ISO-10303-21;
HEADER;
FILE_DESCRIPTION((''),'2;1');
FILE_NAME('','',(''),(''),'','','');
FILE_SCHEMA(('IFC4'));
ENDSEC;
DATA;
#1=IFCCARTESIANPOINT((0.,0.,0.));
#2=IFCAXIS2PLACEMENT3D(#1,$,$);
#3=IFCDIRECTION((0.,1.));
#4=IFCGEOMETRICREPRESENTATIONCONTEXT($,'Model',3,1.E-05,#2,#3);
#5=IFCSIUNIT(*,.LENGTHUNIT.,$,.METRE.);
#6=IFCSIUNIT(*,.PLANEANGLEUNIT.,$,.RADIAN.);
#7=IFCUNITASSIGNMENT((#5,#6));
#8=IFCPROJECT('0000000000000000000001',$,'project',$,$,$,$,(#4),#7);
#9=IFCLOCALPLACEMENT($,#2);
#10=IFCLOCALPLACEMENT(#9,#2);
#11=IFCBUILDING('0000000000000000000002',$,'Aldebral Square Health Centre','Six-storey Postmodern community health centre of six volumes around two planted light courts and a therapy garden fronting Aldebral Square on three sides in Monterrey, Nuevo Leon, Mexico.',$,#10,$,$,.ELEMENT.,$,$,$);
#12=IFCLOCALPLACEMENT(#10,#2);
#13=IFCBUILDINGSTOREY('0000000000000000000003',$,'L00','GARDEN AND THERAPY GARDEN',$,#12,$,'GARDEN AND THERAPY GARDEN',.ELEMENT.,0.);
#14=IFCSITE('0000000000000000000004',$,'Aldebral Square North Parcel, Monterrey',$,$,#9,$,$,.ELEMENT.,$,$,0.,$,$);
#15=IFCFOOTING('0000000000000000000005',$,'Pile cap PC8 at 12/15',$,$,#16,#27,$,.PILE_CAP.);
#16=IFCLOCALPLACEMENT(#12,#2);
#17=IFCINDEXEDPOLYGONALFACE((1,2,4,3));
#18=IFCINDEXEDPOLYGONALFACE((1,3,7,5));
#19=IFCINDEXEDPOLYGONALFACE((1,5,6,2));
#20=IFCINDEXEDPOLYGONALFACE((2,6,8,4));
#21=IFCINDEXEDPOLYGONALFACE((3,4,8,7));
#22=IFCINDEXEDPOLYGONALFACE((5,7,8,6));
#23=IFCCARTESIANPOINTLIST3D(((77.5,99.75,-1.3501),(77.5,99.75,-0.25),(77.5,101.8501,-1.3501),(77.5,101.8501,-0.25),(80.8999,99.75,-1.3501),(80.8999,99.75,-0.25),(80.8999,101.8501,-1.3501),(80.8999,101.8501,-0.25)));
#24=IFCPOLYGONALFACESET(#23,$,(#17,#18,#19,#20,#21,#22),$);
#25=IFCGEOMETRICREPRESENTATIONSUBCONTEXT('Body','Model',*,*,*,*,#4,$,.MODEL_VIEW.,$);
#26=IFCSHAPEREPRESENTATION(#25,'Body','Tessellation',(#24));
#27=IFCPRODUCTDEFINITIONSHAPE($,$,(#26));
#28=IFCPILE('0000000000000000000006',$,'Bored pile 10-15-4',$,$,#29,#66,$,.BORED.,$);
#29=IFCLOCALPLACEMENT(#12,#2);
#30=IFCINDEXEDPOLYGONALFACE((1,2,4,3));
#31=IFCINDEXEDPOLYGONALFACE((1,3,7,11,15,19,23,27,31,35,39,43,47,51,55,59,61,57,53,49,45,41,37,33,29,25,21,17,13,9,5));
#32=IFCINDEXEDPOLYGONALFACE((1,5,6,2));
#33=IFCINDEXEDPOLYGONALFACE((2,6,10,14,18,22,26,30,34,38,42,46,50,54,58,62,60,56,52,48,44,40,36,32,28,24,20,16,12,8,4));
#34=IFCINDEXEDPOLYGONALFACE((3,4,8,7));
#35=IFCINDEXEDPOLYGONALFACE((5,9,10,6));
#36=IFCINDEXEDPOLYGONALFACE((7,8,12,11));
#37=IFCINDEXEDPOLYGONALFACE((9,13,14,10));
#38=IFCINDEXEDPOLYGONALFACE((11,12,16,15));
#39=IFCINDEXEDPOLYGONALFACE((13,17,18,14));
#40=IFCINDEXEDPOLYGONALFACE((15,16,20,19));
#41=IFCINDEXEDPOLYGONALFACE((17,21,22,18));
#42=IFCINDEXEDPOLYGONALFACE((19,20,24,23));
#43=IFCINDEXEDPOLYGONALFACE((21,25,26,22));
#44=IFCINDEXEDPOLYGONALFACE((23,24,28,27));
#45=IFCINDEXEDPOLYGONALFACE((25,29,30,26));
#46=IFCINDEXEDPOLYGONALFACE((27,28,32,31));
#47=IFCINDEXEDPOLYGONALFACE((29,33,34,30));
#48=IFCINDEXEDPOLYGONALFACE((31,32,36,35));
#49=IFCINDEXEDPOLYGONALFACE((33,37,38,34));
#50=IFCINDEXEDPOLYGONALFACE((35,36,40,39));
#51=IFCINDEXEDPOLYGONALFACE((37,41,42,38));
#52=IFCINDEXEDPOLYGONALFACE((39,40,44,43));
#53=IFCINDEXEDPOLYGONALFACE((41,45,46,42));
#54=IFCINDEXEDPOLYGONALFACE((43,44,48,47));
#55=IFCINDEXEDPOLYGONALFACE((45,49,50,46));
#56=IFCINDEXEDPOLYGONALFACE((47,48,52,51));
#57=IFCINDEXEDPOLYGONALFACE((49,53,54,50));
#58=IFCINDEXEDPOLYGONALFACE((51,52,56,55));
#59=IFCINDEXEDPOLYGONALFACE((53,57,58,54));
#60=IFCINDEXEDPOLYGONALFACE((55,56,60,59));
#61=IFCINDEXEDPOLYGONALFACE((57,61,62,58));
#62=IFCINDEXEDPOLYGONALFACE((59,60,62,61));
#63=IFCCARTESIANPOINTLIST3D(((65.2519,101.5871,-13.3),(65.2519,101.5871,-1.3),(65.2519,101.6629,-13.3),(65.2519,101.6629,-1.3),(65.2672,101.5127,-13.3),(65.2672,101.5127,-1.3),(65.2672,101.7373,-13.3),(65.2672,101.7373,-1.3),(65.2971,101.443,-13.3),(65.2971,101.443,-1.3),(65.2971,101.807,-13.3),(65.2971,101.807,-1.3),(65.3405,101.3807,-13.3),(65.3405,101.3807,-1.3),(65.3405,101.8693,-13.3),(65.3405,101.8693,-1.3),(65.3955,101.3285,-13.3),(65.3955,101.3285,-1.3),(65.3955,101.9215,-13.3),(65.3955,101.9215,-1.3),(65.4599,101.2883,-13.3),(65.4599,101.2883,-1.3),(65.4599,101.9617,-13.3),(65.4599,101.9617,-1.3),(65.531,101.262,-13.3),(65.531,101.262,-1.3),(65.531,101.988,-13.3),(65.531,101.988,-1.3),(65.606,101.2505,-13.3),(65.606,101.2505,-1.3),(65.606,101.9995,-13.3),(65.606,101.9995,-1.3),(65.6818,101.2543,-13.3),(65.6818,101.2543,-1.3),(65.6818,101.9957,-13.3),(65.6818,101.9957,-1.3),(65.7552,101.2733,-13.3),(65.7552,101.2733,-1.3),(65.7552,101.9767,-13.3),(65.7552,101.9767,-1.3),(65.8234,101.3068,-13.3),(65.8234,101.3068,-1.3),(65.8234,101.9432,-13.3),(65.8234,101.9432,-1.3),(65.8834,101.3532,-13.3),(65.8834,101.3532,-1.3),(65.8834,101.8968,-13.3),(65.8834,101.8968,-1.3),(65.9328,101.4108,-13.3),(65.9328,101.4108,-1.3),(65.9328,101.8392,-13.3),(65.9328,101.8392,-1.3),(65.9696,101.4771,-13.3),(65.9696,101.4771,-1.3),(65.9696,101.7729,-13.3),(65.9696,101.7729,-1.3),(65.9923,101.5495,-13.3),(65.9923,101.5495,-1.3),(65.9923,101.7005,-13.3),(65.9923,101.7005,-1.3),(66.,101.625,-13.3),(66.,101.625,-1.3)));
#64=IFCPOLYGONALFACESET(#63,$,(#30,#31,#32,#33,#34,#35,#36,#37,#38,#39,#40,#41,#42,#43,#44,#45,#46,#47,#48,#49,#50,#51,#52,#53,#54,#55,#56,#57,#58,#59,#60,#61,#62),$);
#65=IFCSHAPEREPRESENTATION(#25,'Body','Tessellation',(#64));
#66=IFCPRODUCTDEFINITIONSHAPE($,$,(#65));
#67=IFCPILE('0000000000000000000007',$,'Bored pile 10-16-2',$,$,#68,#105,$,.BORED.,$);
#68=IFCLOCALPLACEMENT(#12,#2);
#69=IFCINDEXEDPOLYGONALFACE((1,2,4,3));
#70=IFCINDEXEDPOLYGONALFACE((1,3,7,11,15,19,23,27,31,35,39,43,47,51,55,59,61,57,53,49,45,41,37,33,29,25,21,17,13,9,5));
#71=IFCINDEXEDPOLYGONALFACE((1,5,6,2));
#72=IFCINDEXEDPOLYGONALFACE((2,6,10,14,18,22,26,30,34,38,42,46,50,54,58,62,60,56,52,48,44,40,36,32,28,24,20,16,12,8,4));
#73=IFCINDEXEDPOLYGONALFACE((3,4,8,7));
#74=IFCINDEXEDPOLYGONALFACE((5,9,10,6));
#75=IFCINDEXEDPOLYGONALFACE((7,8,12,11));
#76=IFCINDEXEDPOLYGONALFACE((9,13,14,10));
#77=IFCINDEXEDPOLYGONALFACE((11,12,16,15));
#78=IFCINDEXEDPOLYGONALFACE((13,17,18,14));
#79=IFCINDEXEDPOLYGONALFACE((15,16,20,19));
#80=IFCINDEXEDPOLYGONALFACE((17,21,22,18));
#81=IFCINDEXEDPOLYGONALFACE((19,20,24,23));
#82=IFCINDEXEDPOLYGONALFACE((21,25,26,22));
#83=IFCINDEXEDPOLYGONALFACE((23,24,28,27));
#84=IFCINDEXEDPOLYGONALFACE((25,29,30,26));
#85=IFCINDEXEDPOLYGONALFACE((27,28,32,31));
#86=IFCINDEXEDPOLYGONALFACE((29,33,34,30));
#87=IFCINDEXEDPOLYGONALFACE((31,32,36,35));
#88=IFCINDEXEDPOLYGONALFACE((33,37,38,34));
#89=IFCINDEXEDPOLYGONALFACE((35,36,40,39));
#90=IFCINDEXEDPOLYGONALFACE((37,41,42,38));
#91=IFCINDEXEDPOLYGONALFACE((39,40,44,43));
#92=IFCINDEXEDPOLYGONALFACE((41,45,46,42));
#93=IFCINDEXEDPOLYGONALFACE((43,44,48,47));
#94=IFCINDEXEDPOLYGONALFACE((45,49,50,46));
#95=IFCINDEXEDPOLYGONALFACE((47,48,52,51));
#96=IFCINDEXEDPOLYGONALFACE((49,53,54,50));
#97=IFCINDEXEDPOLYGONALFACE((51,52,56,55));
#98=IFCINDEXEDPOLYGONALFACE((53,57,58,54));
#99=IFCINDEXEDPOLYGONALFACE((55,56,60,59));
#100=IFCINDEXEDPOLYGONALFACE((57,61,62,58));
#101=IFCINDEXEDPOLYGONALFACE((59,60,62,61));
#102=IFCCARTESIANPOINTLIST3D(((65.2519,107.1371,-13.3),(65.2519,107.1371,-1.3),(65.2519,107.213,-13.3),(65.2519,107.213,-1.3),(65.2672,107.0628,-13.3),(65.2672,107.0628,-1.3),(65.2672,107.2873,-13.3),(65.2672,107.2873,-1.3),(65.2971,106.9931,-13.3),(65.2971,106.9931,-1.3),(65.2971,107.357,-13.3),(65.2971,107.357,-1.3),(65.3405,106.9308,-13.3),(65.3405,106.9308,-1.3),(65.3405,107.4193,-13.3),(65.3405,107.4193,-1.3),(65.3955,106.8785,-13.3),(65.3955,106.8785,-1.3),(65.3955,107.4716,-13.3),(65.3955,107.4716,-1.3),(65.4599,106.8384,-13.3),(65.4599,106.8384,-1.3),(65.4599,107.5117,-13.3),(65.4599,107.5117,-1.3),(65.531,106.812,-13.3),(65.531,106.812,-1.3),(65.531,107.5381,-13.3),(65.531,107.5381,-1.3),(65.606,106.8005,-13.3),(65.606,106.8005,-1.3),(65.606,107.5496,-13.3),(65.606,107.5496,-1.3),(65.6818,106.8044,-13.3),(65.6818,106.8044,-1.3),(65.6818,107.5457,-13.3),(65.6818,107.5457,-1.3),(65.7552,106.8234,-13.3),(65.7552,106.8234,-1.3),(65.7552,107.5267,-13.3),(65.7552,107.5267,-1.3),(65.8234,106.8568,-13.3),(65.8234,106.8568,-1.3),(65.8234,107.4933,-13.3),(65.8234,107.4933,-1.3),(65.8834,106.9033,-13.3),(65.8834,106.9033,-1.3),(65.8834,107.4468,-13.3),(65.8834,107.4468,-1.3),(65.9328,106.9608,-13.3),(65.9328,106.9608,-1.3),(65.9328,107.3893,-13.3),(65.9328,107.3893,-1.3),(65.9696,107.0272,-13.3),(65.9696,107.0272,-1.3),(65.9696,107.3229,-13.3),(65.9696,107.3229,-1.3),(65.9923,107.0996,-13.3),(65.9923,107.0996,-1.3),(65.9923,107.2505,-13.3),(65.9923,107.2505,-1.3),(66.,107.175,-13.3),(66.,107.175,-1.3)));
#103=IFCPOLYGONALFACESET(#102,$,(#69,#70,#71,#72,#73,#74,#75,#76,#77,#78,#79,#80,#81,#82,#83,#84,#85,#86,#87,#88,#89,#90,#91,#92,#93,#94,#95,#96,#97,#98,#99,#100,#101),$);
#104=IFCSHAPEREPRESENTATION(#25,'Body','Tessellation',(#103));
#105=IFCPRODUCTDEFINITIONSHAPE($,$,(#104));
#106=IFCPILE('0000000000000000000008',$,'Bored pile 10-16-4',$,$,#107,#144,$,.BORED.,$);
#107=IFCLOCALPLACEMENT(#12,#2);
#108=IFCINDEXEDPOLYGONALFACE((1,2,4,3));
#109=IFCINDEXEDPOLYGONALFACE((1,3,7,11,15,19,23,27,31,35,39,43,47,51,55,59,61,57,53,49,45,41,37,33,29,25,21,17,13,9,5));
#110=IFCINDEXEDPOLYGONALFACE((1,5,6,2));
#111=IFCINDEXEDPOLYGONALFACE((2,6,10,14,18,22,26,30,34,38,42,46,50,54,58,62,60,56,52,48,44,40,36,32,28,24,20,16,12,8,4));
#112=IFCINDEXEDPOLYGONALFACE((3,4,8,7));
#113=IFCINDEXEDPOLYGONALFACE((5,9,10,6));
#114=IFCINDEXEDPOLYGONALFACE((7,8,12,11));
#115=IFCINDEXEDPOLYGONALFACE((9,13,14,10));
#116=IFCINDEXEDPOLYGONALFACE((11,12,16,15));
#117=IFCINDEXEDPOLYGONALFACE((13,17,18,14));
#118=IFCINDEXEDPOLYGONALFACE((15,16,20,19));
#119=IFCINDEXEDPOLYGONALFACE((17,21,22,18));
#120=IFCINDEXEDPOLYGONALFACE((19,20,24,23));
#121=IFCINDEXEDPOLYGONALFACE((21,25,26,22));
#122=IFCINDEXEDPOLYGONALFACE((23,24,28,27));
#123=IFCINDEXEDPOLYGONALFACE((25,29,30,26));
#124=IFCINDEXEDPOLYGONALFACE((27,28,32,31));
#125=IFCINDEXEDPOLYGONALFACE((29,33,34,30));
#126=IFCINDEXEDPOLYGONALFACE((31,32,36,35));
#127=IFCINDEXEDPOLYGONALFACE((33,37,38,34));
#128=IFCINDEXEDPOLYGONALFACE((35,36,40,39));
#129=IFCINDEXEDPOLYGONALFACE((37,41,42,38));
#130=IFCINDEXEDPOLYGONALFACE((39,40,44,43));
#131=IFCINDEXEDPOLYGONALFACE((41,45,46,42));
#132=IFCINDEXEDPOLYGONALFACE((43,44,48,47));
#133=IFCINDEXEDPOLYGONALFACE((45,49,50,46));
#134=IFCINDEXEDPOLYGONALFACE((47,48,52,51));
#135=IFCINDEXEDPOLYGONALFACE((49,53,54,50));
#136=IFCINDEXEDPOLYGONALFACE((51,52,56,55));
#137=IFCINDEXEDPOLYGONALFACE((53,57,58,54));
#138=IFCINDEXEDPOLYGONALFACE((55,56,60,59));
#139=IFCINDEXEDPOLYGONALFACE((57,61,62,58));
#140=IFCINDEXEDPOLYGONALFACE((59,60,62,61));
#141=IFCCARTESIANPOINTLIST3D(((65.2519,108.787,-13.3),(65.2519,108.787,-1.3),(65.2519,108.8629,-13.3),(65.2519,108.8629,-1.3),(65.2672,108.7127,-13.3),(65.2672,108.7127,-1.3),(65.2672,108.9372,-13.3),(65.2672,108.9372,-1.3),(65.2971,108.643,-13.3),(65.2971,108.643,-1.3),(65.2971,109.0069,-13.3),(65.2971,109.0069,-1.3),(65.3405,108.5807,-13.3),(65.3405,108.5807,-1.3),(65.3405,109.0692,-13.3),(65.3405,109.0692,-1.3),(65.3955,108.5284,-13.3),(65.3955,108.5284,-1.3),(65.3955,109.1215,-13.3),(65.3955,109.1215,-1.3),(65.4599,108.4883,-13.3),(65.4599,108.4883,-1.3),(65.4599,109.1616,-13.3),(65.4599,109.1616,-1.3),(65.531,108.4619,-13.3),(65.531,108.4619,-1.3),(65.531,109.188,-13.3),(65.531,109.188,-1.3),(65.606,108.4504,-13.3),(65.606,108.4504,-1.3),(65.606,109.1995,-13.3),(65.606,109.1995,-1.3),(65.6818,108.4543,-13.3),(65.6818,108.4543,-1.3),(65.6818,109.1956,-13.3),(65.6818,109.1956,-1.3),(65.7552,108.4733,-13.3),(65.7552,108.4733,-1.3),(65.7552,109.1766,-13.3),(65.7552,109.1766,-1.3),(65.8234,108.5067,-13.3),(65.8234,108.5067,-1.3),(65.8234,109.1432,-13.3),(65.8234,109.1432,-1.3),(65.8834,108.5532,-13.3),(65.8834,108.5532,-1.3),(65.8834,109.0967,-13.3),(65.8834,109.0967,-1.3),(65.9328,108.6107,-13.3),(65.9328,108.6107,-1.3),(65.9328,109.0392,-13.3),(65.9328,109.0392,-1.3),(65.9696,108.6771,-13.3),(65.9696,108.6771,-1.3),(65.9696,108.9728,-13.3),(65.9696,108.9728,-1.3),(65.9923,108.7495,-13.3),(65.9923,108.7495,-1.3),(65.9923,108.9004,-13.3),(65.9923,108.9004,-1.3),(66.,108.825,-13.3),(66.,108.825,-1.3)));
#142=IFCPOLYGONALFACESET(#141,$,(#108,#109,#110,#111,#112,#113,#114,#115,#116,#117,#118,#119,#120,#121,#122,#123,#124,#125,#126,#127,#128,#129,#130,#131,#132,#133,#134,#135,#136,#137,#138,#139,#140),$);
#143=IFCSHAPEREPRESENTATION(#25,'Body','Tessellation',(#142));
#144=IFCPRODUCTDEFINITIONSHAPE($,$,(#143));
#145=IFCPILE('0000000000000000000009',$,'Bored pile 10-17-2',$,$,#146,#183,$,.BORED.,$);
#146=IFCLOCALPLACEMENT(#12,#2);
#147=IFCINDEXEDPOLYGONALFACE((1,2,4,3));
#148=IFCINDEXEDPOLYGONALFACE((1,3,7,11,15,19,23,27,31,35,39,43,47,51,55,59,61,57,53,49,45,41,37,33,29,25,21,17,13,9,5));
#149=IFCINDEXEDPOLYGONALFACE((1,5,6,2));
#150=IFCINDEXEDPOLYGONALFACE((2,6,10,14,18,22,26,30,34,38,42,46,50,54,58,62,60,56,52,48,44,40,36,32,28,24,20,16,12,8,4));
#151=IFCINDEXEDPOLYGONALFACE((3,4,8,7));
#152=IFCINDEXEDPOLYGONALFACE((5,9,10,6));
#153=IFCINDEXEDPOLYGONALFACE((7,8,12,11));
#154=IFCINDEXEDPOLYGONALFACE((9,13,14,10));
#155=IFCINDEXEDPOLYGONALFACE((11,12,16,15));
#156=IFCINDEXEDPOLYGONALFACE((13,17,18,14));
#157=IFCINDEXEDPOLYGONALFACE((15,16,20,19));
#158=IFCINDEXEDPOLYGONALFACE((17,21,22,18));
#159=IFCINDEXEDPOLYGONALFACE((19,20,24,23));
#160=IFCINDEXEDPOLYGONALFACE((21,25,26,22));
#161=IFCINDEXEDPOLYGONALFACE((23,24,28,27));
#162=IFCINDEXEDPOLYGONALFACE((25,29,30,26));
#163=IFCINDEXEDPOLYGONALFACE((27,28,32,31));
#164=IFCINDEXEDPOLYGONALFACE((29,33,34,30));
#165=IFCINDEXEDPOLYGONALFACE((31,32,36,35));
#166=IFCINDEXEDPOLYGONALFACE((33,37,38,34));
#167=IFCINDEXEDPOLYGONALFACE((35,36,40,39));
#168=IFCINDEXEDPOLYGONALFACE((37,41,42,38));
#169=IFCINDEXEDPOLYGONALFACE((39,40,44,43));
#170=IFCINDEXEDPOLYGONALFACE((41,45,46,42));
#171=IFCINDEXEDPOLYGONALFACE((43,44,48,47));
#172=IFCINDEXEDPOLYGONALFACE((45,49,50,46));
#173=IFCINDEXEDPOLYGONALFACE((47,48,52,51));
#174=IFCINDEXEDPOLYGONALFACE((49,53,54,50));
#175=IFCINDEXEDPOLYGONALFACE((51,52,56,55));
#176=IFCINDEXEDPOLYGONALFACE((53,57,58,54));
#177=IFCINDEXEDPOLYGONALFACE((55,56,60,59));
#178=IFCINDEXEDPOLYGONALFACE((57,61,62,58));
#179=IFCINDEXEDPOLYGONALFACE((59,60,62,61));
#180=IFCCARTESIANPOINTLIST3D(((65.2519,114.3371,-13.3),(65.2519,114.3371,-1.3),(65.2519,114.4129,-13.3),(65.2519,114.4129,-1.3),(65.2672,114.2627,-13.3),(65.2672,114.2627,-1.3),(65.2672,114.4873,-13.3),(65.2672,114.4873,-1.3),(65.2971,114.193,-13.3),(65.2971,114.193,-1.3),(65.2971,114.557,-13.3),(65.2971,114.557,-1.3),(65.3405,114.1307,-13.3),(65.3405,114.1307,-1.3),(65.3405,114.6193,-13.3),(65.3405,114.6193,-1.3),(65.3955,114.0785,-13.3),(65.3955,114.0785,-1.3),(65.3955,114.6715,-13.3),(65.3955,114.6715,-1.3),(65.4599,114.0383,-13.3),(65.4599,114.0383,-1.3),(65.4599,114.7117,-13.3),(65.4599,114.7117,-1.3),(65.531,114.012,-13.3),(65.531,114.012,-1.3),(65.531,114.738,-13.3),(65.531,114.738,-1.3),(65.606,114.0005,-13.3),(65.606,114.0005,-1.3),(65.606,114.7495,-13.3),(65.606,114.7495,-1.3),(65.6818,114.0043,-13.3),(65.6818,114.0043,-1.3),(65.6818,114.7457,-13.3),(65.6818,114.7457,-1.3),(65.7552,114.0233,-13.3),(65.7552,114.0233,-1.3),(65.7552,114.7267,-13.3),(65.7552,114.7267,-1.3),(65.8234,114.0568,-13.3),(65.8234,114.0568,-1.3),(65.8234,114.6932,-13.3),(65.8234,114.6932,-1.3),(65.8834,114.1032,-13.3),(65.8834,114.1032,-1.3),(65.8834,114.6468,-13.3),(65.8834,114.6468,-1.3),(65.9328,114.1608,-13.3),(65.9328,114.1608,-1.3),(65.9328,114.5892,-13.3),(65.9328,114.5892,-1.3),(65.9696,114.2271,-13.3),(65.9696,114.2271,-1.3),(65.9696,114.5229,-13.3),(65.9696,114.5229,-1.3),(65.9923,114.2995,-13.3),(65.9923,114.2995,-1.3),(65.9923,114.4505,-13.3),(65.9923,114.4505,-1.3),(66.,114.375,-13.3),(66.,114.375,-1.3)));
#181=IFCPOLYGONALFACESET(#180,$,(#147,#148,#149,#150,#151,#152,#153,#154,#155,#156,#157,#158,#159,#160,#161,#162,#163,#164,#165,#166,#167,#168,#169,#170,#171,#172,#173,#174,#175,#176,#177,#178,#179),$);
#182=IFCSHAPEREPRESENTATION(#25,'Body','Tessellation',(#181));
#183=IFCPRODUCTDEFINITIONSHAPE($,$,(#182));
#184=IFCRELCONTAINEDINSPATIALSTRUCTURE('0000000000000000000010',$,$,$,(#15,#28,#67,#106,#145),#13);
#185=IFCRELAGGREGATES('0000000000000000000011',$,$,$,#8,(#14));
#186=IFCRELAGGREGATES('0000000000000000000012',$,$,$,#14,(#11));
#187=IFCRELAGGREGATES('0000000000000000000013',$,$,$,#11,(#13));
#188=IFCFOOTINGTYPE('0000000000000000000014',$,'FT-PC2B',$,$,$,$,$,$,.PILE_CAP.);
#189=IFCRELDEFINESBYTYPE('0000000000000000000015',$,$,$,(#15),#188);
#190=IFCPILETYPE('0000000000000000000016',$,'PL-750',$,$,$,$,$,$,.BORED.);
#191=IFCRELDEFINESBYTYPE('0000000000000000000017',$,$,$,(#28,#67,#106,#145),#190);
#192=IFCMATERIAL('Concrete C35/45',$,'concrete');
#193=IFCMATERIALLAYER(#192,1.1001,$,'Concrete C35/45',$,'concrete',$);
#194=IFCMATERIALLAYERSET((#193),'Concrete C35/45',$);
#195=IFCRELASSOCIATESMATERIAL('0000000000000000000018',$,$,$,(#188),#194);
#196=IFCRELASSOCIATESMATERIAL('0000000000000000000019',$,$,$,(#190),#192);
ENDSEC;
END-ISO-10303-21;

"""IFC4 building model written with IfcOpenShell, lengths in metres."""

from ifc_helpers import new_model, si_unit, direction, frame, origin, origin_2d, place, context, subcontext, project, spatial, rectangle, circle, extrude, material, layer, layer_set, material_profile, profile_set, type_object, element, save


model = new_model("IFC4")

# Units and contexts
model_context = context("Model", 3, precision=1e-05, world=origin(), true_north=direction((0.0, 1.0)))
body_context = subcontext(model_context, "Body", "Model", "MODEL_VIEW")
ifc_project = project(units=[si_unit("LENGTHUNIT", "METRE"), si_unit("PLANEANGLEUNIT", "RADIAN")], contexts=[model_context])

# Site, building, storey
site_placement = place(None, origin())
site = spatial("IfcSite", under=ifc_project, at=site_placement, Name="Aldebral Square North Parcel, Monterrey", CompositionType="ELEMENT", RefElevation=0.0)
building_placement = place(site_placement, origin())
building = spatial("IfcBuilding", under=site, at=building_placement, Name="Aldebral Square Health Centre", Description="Six-storey Postmodern community health centre of six volumes around two planted light courts and a therapy garden fronting Aldebral Square on three sides in Monterrey, Nuevo Leon, Mexico.", CompositionType="ELEMENT")
storey_placement = place(building_placement, origin())
storey = spatial("IfcBuildingStorey", under=building, at=storey_placement, Name="L00", Description="GARDEN AND THERAPY GARDEN", LongName="GARDEN AND THERAPY GARDEN", CompositionType="ELEMENT", Elevation=0.0)

# Footing
ifc_material_1 = material(Name="Concrete C35/45", Category="concrete")
ifc_layer_1 = layer(ifc_material_1, 1.1001, Name="Concrete C35/45", Category="concrete")
ifc_layer_set_1 = layer_set([ifc_layer_1], Name="Concrete C35/45")
footing_type = type_object("IfcFootingType", Name="FT-PC2B", PredefinedType="PILE_CAP", material=ifc_layer_set_1)
footing_placement = place(storey_placement, frame((79.2, 100.8, -1.3501), z_axis=(0.0, 0.0, 1.0), x_axis=(1.0, 0.0, 0.0)))
element("IfcFooting", 1, at=footing_placement, inside=storey, type_object=footing_type, Name="Pile cap PC8 at 12/15", PredefinedType="PILE_CAP", context=body_context, shape_type="SweptSolid", body=[
    extrude(rectangle(XDim=3.3999, YDim=2.1001, at=origin_2d()), origin(), (0.0, 0.0, 1.0), 1.1001),
])

# Piles
ifc_material_profile_1 = material_profile(ifc_material_1, circle(Radius=0.375, at=origin_2d()), Name="PILE D750")
ifc_profile_set_1 = profile_set([ifc_material_profile_1], Name="Concrete C35/45")
pile_type = type_object("IfcPileType", Name="PL-750", PredefinedType="BORED", material=ifc_profile_set_1)
for number, where, z_axis, x_axis, name in (
    (2, (65.625, 101.625, -1.3), (0.0, 0.0, -1.0), (1.0, 0.0, 0.0), "Bored pile 10-15-4"),
    (3, (65.625, 107.175, -1.3), (0.0, 0.0, -1.0), (1.0, 0.0, 0.0), "Bored pile 10-16-2"),
    (4, (65.625, 108.825, -1.3), (0.0, 0.0, -1.0), (1.0, 0.0, 0.0), "Bored pile 10-16-4"),
    (5, (65.625, 114.375, -1.3), (0.0, 0.0, -1.0), (1.0, 0.0, 0.0), "Bored pile 10-17-2"),
):
    element("IfcPile", number, at=place(storey_placement, frame(where, z_axis=z_axis, x_axis=x_axis)), inside=storey, type_object=pile_type, Name=name, PredefinedType="BORED", context=body_context, shape_type="SweptSolid", body=[
        extrude(circle(Radius=0.375, at=origin_2d()), origin(), (0.0, 0.0, 1.0), 12.0),
    ])

save(model, "model.ifc")
